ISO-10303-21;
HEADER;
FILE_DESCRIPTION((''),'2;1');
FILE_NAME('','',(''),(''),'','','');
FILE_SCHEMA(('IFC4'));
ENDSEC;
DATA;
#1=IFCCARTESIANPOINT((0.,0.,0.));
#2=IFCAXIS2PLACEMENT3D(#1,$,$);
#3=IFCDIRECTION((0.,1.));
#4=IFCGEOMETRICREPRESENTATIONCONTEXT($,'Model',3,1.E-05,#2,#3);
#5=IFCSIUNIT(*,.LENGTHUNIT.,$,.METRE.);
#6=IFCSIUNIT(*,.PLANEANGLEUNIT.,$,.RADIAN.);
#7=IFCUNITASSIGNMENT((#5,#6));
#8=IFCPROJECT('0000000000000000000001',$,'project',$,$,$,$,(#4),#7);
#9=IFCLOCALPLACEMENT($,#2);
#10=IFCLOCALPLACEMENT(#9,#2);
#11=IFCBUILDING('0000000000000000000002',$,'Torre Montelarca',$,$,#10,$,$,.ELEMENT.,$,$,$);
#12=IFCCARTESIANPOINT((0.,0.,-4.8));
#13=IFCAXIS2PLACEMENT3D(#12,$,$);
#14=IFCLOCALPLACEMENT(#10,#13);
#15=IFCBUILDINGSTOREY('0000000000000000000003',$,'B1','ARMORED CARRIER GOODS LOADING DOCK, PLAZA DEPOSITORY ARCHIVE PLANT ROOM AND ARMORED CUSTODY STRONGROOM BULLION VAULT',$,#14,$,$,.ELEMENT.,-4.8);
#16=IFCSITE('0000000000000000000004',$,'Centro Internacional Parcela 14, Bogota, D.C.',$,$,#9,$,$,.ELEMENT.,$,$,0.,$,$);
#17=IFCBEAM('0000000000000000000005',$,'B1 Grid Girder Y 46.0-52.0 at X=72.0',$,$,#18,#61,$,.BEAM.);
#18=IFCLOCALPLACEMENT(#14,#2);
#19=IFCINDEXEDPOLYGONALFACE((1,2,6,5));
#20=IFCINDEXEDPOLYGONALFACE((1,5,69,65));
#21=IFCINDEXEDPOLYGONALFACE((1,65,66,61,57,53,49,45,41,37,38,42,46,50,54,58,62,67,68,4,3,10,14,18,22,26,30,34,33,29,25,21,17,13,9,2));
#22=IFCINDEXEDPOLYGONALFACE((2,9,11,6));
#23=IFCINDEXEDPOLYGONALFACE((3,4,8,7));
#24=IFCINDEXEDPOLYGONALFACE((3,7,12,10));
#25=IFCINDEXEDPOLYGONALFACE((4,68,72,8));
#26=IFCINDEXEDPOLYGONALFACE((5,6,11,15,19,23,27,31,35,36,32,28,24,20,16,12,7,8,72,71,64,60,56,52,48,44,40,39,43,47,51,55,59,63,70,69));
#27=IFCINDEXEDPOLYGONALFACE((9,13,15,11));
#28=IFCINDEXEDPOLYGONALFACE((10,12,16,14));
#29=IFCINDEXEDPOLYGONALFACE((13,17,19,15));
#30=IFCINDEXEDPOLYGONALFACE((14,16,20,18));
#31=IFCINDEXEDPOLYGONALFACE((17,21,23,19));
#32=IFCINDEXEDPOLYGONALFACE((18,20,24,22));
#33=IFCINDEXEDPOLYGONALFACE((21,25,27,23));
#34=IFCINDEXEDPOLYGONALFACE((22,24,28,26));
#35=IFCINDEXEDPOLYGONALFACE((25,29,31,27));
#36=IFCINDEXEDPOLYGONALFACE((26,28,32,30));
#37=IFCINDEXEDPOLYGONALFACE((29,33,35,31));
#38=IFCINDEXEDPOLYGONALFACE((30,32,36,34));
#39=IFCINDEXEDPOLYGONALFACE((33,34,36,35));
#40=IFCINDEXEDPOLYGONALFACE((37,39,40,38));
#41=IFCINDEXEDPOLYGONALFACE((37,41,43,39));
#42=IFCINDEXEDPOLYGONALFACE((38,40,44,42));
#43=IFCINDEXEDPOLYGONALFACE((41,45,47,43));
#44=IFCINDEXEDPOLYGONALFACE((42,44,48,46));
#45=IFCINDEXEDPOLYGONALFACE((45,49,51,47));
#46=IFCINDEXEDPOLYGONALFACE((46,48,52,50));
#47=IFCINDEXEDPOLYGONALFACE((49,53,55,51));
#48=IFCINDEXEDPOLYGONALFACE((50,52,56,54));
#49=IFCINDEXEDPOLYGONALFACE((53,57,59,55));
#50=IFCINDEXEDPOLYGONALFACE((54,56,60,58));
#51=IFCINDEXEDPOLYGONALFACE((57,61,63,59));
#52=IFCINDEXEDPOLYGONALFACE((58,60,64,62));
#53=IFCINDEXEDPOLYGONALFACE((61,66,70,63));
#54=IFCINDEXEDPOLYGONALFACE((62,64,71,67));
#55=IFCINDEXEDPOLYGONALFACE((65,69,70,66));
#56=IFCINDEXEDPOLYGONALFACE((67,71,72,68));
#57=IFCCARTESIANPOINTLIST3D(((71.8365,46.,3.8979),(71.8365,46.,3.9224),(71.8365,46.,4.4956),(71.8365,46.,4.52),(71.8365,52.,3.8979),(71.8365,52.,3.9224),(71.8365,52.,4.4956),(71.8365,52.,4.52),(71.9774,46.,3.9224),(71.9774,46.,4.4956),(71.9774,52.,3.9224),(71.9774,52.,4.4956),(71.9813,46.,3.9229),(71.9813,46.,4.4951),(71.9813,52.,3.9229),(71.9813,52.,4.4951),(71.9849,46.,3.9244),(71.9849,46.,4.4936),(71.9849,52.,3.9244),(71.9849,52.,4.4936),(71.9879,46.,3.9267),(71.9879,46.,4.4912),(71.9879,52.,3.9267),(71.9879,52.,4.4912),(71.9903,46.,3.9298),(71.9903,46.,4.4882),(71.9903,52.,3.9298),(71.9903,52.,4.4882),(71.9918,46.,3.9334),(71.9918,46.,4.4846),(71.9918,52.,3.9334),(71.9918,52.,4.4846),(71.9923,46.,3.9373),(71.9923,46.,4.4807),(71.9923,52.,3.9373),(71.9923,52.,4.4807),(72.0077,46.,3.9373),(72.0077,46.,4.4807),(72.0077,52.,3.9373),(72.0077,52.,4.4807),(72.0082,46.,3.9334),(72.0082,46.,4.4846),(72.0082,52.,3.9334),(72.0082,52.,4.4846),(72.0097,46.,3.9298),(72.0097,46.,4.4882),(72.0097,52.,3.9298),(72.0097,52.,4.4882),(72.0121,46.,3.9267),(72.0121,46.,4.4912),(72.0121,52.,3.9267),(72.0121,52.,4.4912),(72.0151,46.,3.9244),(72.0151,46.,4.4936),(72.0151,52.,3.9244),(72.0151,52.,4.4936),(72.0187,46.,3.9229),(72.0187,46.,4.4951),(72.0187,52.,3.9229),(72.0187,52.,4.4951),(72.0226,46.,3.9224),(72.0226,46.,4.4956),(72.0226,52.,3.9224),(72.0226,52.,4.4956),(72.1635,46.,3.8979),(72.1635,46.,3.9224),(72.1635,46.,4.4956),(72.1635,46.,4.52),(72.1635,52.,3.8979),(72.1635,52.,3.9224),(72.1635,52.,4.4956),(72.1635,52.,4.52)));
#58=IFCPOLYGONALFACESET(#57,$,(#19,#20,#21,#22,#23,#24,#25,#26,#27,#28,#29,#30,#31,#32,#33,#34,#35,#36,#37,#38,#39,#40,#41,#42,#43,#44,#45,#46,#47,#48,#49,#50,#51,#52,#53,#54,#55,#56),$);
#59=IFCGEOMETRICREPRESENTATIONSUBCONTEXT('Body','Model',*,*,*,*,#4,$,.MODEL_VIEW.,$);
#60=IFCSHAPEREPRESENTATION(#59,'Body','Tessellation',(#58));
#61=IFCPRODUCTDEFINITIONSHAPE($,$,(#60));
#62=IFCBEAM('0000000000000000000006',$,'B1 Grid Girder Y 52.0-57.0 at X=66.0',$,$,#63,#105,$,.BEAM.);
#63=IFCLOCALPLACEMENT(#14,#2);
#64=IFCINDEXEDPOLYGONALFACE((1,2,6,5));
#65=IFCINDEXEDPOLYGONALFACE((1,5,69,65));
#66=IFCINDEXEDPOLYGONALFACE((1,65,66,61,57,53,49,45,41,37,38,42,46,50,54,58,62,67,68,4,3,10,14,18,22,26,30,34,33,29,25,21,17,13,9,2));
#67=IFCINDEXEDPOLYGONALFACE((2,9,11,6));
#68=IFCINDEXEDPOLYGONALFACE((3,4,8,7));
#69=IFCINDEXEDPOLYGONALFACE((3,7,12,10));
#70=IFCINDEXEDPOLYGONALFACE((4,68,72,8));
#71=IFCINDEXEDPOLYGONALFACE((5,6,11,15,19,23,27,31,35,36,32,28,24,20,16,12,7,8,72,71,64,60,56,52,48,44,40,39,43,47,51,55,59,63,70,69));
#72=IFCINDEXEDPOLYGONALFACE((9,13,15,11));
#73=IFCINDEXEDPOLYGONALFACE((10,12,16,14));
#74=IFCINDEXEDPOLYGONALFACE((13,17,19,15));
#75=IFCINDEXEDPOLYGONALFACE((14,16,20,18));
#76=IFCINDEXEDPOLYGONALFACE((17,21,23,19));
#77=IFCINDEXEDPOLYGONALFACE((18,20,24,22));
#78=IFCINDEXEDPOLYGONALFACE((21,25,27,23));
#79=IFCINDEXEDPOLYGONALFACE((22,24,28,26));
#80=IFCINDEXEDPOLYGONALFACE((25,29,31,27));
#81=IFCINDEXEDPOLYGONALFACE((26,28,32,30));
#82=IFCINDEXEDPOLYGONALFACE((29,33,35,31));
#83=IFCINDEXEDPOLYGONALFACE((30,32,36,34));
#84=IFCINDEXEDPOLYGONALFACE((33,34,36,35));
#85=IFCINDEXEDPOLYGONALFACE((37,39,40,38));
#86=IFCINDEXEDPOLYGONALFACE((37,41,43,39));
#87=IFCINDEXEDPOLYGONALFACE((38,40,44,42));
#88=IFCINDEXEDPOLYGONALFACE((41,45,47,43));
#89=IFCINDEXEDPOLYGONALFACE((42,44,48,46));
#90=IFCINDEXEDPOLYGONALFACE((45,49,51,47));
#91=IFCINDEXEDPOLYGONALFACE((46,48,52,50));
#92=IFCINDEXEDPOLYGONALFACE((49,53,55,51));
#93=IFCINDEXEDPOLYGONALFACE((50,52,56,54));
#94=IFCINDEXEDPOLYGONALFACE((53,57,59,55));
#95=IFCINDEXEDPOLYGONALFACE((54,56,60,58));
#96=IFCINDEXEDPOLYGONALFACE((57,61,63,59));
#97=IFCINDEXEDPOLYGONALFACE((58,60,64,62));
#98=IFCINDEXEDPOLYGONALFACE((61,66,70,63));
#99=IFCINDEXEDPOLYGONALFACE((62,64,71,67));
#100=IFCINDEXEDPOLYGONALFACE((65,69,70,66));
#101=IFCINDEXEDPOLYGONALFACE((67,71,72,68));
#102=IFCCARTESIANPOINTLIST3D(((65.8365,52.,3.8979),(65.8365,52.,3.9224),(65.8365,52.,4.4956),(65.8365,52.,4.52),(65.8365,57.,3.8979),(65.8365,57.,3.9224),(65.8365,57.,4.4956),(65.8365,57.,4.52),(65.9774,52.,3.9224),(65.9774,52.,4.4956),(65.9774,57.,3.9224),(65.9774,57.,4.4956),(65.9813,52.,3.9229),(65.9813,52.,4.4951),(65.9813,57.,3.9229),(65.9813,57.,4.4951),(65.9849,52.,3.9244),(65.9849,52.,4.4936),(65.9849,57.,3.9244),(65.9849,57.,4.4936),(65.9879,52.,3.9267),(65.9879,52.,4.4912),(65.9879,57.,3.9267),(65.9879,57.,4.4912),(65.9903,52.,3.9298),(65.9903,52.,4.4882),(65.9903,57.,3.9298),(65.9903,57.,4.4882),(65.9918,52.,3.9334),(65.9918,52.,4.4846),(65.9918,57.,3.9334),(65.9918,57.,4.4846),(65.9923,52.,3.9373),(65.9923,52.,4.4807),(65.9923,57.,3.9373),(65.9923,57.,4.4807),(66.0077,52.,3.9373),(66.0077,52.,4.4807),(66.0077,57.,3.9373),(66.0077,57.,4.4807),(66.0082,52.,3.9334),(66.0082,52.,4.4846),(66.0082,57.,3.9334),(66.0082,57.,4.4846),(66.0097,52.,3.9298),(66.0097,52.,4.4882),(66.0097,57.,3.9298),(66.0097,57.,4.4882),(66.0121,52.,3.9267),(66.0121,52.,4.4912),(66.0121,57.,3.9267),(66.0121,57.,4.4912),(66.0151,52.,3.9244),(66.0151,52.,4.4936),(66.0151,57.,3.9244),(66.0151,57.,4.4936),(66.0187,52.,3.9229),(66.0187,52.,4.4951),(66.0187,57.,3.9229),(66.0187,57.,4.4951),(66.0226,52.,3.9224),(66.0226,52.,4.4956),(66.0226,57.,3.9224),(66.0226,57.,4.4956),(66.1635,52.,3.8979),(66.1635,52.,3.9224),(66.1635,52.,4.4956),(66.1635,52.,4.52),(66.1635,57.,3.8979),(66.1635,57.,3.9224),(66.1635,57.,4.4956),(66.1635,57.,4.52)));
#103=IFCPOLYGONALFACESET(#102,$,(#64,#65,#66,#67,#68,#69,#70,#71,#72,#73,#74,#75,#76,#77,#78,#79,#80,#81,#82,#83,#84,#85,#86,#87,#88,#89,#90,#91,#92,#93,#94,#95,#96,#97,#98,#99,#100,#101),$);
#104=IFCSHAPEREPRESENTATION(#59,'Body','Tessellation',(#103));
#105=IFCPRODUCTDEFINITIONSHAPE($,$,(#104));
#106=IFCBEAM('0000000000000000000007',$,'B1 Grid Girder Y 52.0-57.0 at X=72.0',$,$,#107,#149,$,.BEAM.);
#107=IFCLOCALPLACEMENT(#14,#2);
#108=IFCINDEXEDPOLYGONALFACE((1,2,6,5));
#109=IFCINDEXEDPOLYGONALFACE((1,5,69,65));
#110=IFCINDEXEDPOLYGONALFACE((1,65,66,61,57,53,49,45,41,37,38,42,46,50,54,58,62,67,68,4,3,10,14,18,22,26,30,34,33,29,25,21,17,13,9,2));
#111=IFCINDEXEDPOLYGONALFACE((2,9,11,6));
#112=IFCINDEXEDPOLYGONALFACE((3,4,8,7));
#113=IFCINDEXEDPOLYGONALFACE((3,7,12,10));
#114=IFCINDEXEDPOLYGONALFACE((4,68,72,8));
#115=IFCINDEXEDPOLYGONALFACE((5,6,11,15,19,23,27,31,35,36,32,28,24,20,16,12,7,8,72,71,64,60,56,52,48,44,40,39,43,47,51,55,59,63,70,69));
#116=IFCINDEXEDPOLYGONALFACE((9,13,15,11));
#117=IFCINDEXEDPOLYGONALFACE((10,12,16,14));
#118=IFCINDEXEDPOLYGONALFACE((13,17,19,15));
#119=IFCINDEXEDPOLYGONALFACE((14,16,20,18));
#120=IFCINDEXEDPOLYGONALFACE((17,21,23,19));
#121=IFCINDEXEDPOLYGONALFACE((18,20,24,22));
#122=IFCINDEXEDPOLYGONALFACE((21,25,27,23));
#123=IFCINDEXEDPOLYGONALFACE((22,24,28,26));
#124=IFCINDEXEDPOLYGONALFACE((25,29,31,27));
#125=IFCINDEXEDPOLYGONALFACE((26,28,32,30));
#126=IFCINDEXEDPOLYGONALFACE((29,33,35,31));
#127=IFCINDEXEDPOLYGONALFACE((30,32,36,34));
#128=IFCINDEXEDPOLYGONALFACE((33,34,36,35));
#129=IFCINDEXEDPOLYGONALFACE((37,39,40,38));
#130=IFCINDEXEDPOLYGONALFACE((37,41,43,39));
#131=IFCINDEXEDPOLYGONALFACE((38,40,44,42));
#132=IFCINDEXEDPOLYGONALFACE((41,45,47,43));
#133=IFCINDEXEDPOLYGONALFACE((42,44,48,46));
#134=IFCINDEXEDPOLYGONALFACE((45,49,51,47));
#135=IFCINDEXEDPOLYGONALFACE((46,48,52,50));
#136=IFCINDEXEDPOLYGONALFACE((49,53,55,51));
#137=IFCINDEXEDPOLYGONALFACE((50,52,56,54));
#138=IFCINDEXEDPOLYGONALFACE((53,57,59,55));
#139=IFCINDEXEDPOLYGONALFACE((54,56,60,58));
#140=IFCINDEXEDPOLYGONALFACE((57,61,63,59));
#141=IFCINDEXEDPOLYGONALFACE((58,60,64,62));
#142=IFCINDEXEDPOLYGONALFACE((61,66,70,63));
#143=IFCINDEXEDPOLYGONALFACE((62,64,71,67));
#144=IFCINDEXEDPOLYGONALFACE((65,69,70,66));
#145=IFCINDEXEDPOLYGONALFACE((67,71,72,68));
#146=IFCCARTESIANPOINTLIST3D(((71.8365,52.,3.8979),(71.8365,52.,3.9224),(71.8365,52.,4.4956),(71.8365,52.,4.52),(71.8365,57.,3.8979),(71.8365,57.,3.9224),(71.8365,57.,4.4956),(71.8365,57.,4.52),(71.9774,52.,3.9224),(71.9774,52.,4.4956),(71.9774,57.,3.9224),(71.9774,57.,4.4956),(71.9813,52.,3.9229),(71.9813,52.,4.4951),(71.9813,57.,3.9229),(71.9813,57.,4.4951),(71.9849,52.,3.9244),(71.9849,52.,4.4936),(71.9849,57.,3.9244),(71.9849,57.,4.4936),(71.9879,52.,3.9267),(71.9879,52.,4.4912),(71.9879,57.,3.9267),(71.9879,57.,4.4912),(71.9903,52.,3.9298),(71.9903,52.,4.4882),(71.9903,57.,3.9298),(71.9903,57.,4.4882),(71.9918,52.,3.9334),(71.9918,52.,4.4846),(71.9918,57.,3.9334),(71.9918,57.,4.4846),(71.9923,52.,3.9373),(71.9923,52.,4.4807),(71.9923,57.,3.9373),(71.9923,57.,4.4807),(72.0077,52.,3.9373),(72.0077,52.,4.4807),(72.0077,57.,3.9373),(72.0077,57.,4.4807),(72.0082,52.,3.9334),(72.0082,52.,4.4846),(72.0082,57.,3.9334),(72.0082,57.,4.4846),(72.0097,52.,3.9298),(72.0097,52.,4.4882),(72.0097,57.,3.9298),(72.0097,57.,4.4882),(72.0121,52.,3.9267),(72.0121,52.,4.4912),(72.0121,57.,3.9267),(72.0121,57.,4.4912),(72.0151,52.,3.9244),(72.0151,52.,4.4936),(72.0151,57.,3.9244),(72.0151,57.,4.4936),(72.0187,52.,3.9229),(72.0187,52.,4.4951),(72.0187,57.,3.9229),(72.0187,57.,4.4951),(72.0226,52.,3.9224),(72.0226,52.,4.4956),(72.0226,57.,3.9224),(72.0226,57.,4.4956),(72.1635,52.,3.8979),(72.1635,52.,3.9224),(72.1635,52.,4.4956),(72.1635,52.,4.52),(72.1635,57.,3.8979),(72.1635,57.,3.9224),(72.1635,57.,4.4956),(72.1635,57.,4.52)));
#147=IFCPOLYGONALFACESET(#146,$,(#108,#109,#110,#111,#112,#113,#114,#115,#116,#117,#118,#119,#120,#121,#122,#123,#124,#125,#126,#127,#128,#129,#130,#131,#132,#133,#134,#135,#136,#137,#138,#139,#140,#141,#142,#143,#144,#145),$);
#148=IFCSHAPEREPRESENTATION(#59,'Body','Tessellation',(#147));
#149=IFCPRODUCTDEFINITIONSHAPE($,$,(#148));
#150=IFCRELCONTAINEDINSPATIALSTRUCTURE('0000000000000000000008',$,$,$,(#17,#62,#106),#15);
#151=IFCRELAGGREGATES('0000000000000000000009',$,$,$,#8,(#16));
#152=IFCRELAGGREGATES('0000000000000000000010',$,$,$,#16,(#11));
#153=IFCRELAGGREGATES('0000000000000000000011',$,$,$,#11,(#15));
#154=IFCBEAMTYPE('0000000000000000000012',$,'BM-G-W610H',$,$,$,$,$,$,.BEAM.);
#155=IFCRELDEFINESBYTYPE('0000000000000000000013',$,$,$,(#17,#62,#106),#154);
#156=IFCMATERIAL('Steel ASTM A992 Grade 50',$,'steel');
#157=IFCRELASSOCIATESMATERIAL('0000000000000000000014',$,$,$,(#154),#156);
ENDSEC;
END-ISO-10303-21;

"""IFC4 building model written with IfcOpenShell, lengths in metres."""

from ifc_helpers import new_model, si_unit, direction, frame, origin, origin_2d, place, context, subcontext, project, spatial, i_section, extrude, source, transform, mapped, material, material_profile, profile_set, type_object, element, save


model = new_model("IFC4")

# Units and contexts
model_context = context("Model", 3, precision=1e-05, world=origin(), true_north=direction((0.0, 1.0)))
body_context = subcontext(model_context, "Body", "Model", "MODEL_VIEW")
ifc_project = project(units=[si_unit("LENGTHUNIT", "METRE"), si_unit("PLANEANGLEUNIT", "RADIAN")], contexts=[model_context])

# Site, building, storey
site_placement = place(None, origin())
site = spatial("IfcSite", under=ifc_project, at=site_placement, Name="Centro Internacional Parcela 14, Bogota, D.C.", CompositionType="ELEMENT", RefElevation=0.0)
building_placement = place(site_placement, origin())
building = spatial("IfcBuilding", under=site, at=building_placement, Name="Torre Montelarca", CompositionType="ELEMENT")
storey_placement = place(building_placement, frame((0.0, 0.0, -4.8)))
storey = spatial("IfcBuildingStorey", under=building, at=storey_placement, Name="B1", Description="ARMORED CARRIER GOODS LOADING DOCK, PLAZA DEPOSITORY ARCHIVE PLANT ROOM AND ARMORED CUSTODY STRONGROOM BULLION VAULT", CompositionType="ELEMENT", Elevation=-4.8)

# Beams
ifc_material_1 = material(Name="Steel ASTM A992 Grade 50", Category="steel")
ifc_material_profile_1 = material_profile(ifc_material_1, i_section(OverallWidth=0.3269, OverallDepth=0.6221, WebThickness=0.0154, FlangeThickness=0.0244, FilletRadius=0.0149, at=origin_2d()), Name="W610X195", Category="steel")
ifc_profile_set_1 = profile_set([ifc_material_profile_1], Name="Steel ASTM A992 Grade 50")
beam_type_1 = type_object("IfcBeamType", Name="BM-G-W610H", PredefinedType="BEAM", material=ifc_profile_set_1)
shared_shape_1 = source(origin(), body_context, "Body", "SweptSolid", [
    extrude(i_section(OverallWidth=0.3269, OverallDepth=0.6221, WebThickness=0.0154, FlangeThickness=0.0244, FilletRadius=0.0149, at=origin_2d()), origin(), (0.0, 0.0, 1.0), 6.0),
])
for number, where, z_axis, x_axis, name in (
    (1, (72.0, 46.0, 4.209), (0.0, 1.0, 0.0), (-1.0, 0.0, 0.0), "B1 Grid Girder Y 46.0-52.0 at X=72.0"),
):
    element("IfcBeam", number, at=place(storey_placement, frame(where, z_axis=z_axis, x_axis=x_axis)), inside=storey, type_object=beam_type_1, Name=name, PredefinedType="BEAM", context=body_context, shape_type="MappedRepresentation", body=[
        mapped(shared_shape_1, transform((0.0, 0.0, 0.0), scale=1.0)),
    ])
shared_shape_2 = source(origin(), body_context, "Body", "SweptSolid", [
    extrude(i_section(OverallWidth=0.3269, OverallDepth=0.6221, WebThickness=0.0154, FlangeThickness=0.0244, FilletRadius=0.0149, at=origin_2d()), origin(), (0.0, 0.0, 1.0), 5.0),
])
for number, where, z_axis, x_axis, name in (
    (2, (66.0, 52.0, 4.209), (0.0, 1.0, 0.0), (-1.0, 0.0, 0.0), "B1 Grid Girder Y 52.0-57.0 at X=66.0"),
    (3, (72.0, 52.0, 4.209), (0.0, 1.0, 0.0), (-1.0, 0.0, 0.0), "B1 Grid Girder Y 52.0-57.0 at X=72.0"),
):
    element("IfcBeam", number, at=place(storey_placement, frame(where, z_axis=z_axis, x_axis=x_axis)), inside=storey, type_object=beam_type_1, Name=name, PredefinedType="BEAM", context=body_context, shape_type="MappedRepresentation", body=[
        mapped(shared_shape_2, transform((0.0, 0.0, 0.0), scale=1.0)),
    ])

save(model, "model.ifc")
